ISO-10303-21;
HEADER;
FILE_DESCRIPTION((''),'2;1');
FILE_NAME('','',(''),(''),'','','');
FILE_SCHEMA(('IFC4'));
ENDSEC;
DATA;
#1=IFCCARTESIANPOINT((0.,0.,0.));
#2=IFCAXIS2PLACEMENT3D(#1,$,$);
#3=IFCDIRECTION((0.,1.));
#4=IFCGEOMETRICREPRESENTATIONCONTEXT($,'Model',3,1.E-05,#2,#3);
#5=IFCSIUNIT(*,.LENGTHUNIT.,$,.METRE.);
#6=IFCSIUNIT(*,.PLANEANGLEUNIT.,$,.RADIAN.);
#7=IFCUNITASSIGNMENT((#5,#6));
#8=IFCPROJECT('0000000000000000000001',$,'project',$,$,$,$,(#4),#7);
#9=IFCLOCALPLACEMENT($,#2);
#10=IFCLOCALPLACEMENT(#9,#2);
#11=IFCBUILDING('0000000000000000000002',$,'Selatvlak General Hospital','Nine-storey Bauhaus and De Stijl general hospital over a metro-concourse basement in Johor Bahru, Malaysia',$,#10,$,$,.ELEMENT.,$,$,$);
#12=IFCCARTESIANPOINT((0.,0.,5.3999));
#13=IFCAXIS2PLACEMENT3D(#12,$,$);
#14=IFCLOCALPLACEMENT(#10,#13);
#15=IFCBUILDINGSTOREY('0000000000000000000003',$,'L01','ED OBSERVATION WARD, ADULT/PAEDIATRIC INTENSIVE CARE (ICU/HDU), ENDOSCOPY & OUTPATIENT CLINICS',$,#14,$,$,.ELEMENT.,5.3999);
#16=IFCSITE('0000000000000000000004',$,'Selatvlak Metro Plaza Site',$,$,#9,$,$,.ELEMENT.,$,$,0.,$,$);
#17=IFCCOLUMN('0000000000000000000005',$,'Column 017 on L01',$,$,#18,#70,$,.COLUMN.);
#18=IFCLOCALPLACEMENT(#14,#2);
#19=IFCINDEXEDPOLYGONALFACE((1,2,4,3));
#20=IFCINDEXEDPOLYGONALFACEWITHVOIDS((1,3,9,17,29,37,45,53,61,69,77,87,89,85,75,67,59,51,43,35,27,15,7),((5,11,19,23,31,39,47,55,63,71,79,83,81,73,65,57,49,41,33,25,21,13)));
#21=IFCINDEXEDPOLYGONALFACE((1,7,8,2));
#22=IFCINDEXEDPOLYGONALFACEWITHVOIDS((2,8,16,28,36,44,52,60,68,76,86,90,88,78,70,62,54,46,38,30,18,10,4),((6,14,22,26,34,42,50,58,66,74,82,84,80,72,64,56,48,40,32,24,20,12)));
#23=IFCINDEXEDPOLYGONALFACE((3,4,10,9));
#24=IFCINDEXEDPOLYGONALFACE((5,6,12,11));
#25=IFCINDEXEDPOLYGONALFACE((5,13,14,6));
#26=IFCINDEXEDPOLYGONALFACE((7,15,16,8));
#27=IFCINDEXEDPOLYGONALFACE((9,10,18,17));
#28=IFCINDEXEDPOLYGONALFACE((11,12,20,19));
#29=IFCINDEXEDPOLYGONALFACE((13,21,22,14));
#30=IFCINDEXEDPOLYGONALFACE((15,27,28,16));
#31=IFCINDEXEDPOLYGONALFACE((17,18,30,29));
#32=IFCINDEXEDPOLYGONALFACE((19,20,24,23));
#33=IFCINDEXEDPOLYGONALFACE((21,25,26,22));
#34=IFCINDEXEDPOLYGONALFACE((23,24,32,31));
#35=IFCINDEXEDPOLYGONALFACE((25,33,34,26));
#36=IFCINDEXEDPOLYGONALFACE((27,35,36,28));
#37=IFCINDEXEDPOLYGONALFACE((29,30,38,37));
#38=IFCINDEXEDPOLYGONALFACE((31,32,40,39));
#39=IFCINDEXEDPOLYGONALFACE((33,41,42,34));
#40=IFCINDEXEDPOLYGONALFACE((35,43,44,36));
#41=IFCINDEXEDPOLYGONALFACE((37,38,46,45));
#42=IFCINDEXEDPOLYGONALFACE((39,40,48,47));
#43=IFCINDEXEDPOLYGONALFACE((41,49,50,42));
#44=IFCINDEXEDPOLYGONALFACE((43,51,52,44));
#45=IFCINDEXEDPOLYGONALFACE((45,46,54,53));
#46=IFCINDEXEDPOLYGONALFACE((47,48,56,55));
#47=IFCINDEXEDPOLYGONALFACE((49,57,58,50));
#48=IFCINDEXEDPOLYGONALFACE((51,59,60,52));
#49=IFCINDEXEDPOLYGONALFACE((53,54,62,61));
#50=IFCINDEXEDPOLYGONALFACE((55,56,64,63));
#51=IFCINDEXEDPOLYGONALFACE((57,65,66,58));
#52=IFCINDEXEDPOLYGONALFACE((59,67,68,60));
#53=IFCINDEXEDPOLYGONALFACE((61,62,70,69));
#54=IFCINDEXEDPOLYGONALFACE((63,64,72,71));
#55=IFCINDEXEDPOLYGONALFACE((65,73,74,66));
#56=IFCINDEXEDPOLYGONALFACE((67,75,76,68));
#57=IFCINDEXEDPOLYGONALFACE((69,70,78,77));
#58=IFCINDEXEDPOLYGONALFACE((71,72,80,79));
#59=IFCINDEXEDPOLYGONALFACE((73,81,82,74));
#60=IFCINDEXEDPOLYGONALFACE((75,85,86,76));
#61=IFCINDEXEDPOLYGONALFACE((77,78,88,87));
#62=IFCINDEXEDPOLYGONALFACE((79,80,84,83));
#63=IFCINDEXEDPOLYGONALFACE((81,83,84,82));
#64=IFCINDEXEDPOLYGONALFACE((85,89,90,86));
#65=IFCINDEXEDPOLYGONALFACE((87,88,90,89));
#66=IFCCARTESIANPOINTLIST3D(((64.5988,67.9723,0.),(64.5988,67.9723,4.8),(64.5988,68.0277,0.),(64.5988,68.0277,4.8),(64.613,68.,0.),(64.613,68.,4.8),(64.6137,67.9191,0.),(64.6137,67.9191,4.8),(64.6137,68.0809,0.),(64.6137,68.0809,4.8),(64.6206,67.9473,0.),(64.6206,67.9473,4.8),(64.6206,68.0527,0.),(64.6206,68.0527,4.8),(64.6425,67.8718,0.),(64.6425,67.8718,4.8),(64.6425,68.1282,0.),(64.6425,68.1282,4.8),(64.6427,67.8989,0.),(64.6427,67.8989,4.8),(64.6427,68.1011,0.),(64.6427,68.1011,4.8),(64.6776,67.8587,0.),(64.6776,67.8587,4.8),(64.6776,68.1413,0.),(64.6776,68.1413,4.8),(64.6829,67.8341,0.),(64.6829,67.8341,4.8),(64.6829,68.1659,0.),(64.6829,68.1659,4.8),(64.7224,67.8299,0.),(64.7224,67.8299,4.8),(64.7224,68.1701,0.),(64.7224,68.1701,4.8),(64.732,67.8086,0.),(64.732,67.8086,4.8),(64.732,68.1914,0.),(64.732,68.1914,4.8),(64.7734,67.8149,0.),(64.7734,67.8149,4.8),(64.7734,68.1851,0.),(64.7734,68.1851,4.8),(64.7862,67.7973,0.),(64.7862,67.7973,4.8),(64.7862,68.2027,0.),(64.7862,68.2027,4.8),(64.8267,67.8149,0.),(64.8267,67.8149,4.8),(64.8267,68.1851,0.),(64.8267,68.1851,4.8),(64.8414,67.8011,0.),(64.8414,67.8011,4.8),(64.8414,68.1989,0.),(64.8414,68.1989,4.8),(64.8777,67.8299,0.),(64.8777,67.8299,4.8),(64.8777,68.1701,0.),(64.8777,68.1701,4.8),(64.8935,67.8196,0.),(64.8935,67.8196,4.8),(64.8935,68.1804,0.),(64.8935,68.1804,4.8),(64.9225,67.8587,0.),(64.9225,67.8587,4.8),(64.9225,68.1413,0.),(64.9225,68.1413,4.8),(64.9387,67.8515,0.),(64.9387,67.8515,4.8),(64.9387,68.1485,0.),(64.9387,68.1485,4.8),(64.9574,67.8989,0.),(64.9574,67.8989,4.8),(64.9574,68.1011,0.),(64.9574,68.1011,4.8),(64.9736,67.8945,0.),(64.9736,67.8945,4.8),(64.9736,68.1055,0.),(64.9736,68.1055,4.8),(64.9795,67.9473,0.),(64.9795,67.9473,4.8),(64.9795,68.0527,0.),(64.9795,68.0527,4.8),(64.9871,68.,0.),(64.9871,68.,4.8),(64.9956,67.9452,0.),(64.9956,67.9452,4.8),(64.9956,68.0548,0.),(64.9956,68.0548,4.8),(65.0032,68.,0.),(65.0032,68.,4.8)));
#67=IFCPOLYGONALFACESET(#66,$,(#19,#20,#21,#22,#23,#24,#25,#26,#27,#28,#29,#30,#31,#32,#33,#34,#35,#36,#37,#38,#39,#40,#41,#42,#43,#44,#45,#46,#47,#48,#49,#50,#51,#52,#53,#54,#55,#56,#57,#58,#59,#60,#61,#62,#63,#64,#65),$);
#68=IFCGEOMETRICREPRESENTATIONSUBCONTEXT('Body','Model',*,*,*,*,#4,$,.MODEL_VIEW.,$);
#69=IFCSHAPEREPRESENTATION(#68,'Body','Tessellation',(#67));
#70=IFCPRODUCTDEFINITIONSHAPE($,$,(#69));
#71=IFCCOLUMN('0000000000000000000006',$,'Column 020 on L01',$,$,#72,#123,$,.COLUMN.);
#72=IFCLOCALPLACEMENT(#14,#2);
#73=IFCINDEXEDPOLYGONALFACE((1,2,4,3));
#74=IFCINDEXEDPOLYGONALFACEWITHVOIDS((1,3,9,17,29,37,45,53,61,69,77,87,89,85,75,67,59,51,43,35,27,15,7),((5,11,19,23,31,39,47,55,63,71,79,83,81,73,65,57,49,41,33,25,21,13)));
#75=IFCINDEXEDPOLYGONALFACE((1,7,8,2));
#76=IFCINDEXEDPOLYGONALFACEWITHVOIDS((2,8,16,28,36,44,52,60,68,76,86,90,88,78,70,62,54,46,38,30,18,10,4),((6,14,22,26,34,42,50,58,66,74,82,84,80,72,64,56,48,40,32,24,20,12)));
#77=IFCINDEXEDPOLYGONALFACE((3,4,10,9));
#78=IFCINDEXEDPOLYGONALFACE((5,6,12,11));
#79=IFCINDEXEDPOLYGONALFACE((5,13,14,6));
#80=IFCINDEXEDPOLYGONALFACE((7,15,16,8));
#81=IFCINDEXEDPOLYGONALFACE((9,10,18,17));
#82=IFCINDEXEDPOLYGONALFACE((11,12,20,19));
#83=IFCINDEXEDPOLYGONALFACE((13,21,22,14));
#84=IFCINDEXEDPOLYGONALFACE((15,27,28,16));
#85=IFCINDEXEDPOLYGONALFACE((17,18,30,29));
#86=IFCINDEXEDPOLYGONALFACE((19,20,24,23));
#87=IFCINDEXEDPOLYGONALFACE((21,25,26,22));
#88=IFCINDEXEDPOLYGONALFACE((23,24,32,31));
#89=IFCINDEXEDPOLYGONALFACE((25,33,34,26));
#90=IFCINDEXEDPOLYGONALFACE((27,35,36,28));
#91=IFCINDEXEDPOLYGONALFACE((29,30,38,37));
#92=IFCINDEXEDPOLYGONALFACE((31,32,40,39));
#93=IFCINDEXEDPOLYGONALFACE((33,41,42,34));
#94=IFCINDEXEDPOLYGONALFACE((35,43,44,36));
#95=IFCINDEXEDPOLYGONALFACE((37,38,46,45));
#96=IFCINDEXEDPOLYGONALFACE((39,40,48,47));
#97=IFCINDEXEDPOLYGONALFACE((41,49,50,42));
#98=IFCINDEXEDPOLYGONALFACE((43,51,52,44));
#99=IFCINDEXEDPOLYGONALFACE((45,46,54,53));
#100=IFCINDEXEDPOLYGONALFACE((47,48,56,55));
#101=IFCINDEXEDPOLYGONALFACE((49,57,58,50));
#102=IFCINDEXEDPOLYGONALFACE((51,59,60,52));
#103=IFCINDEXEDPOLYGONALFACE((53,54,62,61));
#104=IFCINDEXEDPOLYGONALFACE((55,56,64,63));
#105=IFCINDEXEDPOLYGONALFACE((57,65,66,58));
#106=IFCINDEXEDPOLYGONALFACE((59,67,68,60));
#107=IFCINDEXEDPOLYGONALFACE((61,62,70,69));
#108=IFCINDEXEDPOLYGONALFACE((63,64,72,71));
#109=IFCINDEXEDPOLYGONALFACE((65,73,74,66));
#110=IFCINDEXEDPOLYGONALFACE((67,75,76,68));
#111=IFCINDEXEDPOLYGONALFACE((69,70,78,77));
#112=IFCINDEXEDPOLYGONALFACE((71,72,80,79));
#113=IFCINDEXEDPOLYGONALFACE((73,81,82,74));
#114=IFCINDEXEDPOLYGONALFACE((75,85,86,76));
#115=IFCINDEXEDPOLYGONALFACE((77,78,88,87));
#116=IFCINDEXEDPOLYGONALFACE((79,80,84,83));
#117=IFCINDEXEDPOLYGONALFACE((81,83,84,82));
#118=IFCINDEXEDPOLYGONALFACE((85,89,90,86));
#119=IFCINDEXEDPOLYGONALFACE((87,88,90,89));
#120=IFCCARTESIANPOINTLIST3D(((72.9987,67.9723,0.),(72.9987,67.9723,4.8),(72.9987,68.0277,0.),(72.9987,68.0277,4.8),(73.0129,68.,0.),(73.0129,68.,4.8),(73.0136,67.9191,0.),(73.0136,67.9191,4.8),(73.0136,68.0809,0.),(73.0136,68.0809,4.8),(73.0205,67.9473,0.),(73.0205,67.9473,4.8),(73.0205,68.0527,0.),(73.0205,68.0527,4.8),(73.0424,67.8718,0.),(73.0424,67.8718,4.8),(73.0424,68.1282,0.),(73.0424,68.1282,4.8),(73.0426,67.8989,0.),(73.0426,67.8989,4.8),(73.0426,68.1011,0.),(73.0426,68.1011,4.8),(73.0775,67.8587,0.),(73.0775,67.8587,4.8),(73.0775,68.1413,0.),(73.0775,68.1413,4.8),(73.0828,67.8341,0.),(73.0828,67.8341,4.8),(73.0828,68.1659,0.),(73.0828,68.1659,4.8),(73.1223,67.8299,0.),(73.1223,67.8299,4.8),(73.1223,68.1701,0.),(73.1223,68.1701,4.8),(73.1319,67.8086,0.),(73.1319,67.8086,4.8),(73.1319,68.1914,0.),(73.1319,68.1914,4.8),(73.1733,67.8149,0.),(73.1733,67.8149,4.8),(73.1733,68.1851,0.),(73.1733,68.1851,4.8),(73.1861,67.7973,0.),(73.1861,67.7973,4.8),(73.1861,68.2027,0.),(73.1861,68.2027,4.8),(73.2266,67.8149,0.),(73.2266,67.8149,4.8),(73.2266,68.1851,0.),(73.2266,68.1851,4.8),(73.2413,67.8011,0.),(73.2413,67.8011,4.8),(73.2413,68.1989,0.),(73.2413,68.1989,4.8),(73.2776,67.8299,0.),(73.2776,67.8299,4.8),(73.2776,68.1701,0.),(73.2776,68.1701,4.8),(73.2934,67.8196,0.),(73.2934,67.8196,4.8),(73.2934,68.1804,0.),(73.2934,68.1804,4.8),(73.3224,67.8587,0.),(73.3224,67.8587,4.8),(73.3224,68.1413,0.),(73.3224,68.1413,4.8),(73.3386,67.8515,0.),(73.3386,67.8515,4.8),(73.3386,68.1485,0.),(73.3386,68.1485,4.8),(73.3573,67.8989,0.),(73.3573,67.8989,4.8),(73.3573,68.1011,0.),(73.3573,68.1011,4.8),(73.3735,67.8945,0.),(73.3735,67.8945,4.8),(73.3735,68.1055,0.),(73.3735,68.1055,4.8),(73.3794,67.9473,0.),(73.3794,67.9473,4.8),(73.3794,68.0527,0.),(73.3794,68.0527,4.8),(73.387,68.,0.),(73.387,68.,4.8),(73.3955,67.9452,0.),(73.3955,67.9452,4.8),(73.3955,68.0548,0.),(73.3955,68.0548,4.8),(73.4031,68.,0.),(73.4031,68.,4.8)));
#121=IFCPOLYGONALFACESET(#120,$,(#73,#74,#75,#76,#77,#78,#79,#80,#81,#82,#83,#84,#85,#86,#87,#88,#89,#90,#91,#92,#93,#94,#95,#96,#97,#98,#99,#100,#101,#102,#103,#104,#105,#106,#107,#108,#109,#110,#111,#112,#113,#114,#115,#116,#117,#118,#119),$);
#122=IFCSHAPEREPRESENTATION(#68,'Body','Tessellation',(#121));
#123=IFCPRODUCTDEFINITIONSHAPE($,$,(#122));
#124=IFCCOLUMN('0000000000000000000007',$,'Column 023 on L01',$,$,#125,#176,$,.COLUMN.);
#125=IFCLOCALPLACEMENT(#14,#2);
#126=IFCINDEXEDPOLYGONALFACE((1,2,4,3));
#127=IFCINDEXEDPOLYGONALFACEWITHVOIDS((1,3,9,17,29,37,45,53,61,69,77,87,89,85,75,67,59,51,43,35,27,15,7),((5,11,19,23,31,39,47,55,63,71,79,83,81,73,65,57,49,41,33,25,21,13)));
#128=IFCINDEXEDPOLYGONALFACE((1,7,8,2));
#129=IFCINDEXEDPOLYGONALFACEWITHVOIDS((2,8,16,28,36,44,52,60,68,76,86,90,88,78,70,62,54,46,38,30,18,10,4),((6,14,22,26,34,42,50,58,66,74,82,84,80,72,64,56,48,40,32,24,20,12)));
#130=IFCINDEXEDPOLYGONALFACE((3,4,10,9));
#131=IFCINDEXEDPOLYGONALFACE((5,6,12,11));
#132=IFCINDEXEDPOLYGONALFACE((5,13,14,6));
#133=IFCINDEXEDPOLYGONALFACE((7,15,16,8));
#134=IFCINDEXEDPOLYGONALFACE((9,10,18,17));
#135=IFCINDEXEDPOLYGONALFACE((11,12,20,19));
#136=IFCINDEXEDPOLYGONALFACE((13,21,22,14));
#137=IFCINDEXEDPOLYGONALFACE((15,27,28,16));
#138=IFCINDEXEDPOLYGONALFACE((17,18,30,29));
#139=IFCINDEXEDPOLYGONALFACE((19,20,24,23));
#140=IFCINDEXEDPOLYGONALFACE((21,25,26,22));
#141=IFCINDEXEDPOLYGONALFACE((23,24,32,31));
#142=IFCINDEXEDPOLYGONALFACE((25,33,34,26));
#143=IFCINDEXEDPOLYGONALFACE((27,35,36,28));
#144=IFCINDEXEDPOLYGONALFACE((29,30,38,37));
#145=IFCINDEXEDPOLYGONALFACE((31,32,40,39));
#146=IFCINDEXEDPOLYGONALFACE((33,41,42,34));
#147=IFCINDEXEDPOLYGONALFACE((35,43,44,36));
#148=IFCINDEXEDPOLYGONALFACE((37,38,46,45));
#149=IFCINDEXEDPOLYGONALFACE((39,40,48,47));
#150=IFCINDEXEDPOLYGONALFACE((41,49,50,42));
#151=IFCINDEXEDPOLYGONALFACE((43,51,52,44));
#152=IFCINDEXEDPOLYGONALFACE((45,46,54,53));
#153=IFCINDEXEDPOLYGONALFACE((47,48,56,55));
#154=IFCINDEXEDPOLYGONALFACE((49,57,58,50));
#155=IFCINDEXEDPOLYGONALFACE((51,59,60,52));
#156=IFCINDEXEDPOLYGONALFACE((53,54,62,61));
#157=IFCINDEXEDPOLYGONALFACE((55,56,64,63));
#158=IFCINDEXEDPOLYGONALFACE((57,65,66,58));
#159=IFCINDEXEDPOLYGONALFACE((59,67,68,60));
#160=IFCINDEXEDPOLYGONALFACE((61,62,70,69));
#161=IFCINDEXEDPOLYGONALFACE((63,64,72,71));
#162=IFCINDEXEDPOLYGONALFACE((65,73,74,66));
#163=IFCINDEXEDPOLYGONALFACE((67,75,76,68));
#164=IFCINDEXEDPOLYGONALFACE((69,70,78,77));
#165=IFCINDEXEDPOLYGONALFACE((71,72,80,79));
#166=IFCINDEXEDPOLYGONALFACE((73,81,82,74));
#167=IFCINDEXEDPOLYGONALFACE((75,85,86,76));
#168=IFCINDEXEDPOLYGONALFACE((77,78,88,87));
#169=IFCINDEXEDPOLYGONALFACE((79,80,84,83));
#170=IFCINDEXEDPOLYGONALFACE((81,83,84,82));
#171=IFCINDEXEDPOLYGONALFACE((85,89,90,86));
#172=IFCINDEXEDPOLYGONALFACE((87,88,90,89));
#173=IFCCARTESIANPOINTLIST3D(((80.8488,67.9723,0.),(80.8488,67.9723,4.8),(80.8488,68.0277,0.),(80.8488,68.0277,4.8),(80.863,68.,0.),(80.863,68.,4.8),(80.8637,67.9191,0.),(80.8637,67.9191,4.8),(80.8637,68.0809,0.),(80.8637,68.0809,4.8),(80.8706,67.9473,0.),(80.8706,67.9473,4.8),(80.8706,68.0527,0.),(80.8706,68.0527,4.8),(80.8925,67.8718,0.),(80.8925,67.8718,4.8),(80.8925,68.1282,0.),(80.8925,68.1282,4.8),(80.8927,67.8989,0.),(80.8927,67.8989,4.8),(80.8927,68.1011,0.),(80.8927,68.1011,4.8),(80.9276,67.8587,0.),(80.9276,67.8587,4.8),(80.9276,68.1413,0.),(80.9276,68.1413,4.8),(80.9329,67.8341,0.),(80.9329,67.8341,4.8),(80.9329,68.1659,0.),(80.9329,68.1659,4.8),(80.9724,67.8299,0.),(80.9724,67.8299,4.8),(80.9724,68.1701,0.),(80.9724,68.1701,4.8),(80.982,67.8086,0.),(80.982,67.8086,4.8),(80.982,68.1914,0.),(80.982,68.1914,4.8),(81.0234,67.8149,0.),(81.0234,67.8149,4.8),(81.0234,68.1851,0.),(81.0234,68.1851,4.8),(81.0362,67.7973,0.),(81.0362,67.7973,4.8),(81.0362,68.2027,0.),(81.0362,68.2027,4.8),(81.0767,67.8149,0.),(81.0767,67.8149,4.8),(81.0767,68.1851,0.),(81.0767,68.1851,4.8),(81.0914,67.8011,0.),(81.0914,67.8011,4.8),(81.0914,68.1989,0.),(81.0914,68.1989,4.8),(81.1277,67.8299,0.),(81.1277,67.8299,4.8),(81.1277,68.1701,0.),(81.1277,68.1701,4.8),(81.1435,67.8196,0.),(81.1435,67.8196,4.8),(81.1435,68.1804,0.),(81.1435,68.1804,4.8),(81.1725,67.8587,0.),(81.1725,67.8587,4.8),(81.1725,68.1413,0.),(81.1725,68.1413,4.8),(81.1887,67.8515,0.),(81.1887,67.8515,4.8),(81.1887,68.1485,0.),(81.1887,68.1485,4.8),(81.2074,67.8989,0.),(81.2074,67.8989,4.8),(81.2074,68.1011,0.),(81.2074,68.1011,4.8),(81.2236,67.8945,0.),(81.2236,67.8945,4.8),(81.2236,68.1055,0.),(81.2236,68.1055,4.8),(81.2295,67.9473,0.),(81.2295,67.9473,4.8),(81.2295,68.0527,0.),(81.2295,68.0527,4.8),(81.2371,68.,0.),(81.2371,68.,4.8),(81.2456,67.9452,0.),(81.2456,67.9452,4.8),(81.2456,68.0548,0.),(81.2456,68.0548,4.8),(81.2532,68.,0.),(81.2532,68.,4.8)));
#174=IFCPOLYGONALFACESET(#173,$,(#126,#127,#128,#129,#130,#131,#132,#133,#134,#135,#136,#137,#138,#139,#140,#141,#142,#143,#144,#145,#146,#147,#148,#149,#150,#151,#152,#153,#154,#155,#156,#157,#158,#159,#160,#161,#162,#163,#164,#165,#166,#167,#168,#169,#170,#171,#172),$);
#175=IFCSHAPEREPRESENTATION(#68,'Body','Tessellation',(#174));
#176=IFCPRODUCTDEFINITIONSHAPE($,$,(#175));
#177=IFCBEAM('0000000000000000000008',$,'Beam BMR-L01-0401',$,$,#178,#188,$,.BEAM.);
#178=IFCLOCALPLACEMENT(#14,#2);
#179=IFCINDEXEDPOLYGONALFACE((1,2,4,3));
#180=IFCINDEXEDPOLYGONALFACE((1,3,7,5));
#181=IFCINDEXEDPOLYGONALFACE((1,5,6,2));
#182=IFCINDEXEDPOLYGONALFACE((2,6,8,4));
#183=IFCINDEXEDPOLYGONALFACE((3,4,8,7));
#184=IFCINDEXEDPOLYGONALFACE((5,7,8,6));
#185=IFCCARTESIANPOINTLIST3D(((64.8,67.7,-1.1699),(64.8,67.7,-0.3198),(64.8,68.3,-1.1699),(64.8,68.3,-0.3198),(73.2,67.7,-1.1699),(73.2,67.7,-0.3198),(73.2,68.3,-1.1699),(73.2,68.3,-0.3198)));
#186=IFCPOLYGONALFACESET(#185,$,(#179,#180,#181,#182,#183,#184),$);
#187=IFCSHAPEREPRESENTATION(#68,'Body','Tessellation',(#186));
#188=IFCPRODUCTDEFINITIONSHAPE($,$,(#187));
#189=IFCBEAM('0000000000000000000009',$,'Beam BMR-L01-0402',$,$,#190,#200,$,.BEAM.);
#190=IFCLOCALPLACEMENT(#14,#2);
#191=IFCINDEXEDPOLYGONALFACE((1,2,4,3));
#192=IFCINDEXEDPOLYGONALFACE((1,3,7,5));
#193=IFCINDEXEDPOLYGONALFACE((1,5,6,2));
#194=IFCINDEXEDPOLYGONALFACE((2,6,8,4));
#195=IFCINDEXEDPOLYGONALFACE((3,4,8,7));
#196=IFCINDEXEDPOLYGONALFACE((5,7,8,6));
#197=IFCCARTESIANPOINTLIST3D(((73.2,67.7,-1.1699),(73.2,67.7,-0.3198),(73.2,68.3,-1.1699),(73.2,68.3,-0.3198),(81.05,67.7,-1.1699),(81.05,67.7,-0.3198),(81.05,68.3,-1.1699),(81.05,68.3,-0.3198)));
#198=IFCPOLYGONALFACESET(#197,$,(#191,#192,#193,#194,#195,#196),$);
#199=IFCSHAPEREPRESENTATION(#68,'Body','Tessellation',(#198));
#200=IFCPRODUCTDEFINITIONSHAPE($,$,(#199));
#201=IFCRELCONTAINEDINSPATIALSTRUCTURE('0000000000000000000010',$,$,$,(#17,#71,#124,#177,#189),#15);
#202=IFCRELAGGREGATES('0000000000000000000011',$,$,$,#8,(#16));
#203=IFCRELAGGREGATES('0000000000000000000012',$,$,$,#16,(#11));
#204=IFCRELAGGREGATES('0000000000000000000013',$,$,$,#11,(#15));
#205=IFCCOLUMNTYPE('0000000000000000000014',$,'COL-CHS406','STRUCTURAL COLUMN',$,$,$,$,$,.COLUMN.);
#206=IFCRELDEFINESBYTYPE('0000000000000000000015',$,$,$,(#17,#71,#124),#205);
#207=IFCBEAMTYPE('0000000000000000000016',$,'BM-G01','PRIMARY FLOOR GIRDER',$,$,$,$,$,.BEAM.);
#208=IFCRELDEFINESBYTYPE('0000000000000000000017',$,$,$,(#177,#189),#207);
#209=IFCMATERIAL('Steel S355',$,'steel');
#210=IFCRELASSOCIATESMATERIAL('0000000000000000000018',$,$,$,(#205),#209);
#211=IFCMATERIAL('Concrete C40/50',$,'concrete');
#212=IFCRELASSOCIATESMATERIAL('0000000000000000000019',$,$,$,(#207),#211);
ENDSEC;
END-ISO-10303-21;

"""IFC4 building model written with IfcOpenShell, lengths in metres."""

from ifc_helpers import new_model, si_unit, direction, frame, origin, origin_2d, place, context, subcontext, project, spatial, rectangle, hollow_circle, extrude, material, material_profile, profile_set, type_object, element, save


model = new_model("IFC4")

# Units and contexts
model_context = context("Model", 3, precision=1e-05, world=origin(), true_north=direction((0.0, 1.0)))
body_context = subcontext(model_context, "Body", "Model", "MODEL_VIEW")
ifc_project = project(units=[si_unit("LENGTHUNIT", "METRE"), si_unit("PLANEANGLEUNIT", "RADIAN")], contexts=[model_context])

# Site, building, storey
site_placement = place(None, origin())
site = spatial("IfcSite", under=ifc_project, at=site_placement, Name="Selatvlak Metro Plaza Site", CompositionType="ELEMENT", RefElevation=0.0)
building_placement = place(site_placement, origin())
building = spatial("IfcBuilding", under=site, at=building_placement, Name="Selatvlak General Hospital", Description="Nine-storey Bauhaus and De Stijl general hospital over a metro-concourse basement in Johor Bahru, Malaysia", CompositionType="ELEMENT")
storey_placement = place(building_placement, frame((0.0, 0.0, 5.3999)))
storey = spatial("IfcBuildingStorey", under=building, at=storey_placement, Name="L01", Description="ED OBSERVATION WARD, ADULT/PAEDIATRIC INTENSIVE CARE (ICU/HDU), ENDOSCOPY & OUTPATIENT CLINICS", CompositionType="ELEMENT", Elevation=5.3999)

# Columns
ifc_material_1 = material(Name="Steel S355", Category="steel")
ifc_material_profile_1 = material_profile(ifc_material_1, hollow_circle(Radius=0.2031, WallThickness=0.0161, at=origin_2d()), Name="CHS 406.4x16")
ifc_profile_set_1 = profile_set([ifc_material_profile_1], Name="Steel S355")
column_type = type_object("IfcColumnType", Name="COL-CHS406", Description="STRUCTURAL COLUMN", PredefinedType="COLUMN", material=ifc_profile_set_1)
for number, where, z_axis, x_axis, name in (
    (1, (64.8, 68.0, 0.0), (0.0, 0.0, 1.0), (1.0, 0.0, 0.0), "Column 017 on L01"),
    (2, (73.2, 68.0, 0.0), (0.0, 0.0, 1.0), (1.0, 0.0, 0.0), "Column 020 on L01"),
    (3, (81.05, 68.0, 0.0), (0.0, 0.0, 1.0), (1.0, 0.0, 0.0), "Column 023 on L01"),
):
    element("IfcColumn", number, at=place(storey_placement, frame(where, z_axis=z_axis, x_axis=x_axis)), inside=storey, type_object=column_type, Name=name, PredefinedType="COLUMN", context=body_context, shape_type="SweptSolid", body=[
        extrude(hollow_circle(Radius=0.2031, WallThickness=0.0161, at=origin_2d()), origin(), (0.0, 0.0, 1.0), 4.8),
    ])

# Beams
ifc_material_2 = material(Name="Concrete C40/50", Category="concrete")
ifc_material_profile_2 = material_profile(ifc_material_2, rectangle(XDim=0.6001, YDim=0.8501, at=origin_2d()), Name="RC-BM 600x850")
ifc_profile_set_2 = profile_set([ifc_material_profile_2], Name="Concrete C40/50")
beam_type_1 = type_object("IfcBeamType", Name="BM-G01", Description="PRIMARY FLOOR GIRDER", PredefinedType="BEAM", material=ifc_profile_set_2)
beam_1_placement = place(storey_placement, frame((64.8, 68.0, -0.7449), z_axis=(1.0, 0.0, 0.0), x_axis=(0.0, 1.0, 0.0)))
element("IfcBeam", 4, at=beam_1_placement, inside=storey, type_object=beam_type_1, Name="Beam BMR-L01-0401", PredefinedType="BEAM", context=body_context, shape_type="SweptSolid", body=[
    extrude(rectangle(XDim=0.6001, YDim=0.8501, at=origin_2d()), origin(), (0.0, 0.0, 1.0), 8.3999),
])
beam_2_placement = place(storey_placement, frame((73.2, 68.0, -0.7449), z_axis=(1.0, 0.0, 0.0), x_axis=(0.0, 1.0, 0.0)))
element("IfcBeam", 5, at=beam_2_placement, inside=storey, type_object=beam_type_1, Name="Beam BMR-L01-0402", PredefinedType="BEAM", context=body_context, shape_type="SweptSolid", body=[
    extrude(rectangle(XDim=0.6001, YDim=0.8501, at=origin_2d()), origin(), (0.0, 0.0, 1.0), 7.8501),
])

save(model, "model.ifc")
